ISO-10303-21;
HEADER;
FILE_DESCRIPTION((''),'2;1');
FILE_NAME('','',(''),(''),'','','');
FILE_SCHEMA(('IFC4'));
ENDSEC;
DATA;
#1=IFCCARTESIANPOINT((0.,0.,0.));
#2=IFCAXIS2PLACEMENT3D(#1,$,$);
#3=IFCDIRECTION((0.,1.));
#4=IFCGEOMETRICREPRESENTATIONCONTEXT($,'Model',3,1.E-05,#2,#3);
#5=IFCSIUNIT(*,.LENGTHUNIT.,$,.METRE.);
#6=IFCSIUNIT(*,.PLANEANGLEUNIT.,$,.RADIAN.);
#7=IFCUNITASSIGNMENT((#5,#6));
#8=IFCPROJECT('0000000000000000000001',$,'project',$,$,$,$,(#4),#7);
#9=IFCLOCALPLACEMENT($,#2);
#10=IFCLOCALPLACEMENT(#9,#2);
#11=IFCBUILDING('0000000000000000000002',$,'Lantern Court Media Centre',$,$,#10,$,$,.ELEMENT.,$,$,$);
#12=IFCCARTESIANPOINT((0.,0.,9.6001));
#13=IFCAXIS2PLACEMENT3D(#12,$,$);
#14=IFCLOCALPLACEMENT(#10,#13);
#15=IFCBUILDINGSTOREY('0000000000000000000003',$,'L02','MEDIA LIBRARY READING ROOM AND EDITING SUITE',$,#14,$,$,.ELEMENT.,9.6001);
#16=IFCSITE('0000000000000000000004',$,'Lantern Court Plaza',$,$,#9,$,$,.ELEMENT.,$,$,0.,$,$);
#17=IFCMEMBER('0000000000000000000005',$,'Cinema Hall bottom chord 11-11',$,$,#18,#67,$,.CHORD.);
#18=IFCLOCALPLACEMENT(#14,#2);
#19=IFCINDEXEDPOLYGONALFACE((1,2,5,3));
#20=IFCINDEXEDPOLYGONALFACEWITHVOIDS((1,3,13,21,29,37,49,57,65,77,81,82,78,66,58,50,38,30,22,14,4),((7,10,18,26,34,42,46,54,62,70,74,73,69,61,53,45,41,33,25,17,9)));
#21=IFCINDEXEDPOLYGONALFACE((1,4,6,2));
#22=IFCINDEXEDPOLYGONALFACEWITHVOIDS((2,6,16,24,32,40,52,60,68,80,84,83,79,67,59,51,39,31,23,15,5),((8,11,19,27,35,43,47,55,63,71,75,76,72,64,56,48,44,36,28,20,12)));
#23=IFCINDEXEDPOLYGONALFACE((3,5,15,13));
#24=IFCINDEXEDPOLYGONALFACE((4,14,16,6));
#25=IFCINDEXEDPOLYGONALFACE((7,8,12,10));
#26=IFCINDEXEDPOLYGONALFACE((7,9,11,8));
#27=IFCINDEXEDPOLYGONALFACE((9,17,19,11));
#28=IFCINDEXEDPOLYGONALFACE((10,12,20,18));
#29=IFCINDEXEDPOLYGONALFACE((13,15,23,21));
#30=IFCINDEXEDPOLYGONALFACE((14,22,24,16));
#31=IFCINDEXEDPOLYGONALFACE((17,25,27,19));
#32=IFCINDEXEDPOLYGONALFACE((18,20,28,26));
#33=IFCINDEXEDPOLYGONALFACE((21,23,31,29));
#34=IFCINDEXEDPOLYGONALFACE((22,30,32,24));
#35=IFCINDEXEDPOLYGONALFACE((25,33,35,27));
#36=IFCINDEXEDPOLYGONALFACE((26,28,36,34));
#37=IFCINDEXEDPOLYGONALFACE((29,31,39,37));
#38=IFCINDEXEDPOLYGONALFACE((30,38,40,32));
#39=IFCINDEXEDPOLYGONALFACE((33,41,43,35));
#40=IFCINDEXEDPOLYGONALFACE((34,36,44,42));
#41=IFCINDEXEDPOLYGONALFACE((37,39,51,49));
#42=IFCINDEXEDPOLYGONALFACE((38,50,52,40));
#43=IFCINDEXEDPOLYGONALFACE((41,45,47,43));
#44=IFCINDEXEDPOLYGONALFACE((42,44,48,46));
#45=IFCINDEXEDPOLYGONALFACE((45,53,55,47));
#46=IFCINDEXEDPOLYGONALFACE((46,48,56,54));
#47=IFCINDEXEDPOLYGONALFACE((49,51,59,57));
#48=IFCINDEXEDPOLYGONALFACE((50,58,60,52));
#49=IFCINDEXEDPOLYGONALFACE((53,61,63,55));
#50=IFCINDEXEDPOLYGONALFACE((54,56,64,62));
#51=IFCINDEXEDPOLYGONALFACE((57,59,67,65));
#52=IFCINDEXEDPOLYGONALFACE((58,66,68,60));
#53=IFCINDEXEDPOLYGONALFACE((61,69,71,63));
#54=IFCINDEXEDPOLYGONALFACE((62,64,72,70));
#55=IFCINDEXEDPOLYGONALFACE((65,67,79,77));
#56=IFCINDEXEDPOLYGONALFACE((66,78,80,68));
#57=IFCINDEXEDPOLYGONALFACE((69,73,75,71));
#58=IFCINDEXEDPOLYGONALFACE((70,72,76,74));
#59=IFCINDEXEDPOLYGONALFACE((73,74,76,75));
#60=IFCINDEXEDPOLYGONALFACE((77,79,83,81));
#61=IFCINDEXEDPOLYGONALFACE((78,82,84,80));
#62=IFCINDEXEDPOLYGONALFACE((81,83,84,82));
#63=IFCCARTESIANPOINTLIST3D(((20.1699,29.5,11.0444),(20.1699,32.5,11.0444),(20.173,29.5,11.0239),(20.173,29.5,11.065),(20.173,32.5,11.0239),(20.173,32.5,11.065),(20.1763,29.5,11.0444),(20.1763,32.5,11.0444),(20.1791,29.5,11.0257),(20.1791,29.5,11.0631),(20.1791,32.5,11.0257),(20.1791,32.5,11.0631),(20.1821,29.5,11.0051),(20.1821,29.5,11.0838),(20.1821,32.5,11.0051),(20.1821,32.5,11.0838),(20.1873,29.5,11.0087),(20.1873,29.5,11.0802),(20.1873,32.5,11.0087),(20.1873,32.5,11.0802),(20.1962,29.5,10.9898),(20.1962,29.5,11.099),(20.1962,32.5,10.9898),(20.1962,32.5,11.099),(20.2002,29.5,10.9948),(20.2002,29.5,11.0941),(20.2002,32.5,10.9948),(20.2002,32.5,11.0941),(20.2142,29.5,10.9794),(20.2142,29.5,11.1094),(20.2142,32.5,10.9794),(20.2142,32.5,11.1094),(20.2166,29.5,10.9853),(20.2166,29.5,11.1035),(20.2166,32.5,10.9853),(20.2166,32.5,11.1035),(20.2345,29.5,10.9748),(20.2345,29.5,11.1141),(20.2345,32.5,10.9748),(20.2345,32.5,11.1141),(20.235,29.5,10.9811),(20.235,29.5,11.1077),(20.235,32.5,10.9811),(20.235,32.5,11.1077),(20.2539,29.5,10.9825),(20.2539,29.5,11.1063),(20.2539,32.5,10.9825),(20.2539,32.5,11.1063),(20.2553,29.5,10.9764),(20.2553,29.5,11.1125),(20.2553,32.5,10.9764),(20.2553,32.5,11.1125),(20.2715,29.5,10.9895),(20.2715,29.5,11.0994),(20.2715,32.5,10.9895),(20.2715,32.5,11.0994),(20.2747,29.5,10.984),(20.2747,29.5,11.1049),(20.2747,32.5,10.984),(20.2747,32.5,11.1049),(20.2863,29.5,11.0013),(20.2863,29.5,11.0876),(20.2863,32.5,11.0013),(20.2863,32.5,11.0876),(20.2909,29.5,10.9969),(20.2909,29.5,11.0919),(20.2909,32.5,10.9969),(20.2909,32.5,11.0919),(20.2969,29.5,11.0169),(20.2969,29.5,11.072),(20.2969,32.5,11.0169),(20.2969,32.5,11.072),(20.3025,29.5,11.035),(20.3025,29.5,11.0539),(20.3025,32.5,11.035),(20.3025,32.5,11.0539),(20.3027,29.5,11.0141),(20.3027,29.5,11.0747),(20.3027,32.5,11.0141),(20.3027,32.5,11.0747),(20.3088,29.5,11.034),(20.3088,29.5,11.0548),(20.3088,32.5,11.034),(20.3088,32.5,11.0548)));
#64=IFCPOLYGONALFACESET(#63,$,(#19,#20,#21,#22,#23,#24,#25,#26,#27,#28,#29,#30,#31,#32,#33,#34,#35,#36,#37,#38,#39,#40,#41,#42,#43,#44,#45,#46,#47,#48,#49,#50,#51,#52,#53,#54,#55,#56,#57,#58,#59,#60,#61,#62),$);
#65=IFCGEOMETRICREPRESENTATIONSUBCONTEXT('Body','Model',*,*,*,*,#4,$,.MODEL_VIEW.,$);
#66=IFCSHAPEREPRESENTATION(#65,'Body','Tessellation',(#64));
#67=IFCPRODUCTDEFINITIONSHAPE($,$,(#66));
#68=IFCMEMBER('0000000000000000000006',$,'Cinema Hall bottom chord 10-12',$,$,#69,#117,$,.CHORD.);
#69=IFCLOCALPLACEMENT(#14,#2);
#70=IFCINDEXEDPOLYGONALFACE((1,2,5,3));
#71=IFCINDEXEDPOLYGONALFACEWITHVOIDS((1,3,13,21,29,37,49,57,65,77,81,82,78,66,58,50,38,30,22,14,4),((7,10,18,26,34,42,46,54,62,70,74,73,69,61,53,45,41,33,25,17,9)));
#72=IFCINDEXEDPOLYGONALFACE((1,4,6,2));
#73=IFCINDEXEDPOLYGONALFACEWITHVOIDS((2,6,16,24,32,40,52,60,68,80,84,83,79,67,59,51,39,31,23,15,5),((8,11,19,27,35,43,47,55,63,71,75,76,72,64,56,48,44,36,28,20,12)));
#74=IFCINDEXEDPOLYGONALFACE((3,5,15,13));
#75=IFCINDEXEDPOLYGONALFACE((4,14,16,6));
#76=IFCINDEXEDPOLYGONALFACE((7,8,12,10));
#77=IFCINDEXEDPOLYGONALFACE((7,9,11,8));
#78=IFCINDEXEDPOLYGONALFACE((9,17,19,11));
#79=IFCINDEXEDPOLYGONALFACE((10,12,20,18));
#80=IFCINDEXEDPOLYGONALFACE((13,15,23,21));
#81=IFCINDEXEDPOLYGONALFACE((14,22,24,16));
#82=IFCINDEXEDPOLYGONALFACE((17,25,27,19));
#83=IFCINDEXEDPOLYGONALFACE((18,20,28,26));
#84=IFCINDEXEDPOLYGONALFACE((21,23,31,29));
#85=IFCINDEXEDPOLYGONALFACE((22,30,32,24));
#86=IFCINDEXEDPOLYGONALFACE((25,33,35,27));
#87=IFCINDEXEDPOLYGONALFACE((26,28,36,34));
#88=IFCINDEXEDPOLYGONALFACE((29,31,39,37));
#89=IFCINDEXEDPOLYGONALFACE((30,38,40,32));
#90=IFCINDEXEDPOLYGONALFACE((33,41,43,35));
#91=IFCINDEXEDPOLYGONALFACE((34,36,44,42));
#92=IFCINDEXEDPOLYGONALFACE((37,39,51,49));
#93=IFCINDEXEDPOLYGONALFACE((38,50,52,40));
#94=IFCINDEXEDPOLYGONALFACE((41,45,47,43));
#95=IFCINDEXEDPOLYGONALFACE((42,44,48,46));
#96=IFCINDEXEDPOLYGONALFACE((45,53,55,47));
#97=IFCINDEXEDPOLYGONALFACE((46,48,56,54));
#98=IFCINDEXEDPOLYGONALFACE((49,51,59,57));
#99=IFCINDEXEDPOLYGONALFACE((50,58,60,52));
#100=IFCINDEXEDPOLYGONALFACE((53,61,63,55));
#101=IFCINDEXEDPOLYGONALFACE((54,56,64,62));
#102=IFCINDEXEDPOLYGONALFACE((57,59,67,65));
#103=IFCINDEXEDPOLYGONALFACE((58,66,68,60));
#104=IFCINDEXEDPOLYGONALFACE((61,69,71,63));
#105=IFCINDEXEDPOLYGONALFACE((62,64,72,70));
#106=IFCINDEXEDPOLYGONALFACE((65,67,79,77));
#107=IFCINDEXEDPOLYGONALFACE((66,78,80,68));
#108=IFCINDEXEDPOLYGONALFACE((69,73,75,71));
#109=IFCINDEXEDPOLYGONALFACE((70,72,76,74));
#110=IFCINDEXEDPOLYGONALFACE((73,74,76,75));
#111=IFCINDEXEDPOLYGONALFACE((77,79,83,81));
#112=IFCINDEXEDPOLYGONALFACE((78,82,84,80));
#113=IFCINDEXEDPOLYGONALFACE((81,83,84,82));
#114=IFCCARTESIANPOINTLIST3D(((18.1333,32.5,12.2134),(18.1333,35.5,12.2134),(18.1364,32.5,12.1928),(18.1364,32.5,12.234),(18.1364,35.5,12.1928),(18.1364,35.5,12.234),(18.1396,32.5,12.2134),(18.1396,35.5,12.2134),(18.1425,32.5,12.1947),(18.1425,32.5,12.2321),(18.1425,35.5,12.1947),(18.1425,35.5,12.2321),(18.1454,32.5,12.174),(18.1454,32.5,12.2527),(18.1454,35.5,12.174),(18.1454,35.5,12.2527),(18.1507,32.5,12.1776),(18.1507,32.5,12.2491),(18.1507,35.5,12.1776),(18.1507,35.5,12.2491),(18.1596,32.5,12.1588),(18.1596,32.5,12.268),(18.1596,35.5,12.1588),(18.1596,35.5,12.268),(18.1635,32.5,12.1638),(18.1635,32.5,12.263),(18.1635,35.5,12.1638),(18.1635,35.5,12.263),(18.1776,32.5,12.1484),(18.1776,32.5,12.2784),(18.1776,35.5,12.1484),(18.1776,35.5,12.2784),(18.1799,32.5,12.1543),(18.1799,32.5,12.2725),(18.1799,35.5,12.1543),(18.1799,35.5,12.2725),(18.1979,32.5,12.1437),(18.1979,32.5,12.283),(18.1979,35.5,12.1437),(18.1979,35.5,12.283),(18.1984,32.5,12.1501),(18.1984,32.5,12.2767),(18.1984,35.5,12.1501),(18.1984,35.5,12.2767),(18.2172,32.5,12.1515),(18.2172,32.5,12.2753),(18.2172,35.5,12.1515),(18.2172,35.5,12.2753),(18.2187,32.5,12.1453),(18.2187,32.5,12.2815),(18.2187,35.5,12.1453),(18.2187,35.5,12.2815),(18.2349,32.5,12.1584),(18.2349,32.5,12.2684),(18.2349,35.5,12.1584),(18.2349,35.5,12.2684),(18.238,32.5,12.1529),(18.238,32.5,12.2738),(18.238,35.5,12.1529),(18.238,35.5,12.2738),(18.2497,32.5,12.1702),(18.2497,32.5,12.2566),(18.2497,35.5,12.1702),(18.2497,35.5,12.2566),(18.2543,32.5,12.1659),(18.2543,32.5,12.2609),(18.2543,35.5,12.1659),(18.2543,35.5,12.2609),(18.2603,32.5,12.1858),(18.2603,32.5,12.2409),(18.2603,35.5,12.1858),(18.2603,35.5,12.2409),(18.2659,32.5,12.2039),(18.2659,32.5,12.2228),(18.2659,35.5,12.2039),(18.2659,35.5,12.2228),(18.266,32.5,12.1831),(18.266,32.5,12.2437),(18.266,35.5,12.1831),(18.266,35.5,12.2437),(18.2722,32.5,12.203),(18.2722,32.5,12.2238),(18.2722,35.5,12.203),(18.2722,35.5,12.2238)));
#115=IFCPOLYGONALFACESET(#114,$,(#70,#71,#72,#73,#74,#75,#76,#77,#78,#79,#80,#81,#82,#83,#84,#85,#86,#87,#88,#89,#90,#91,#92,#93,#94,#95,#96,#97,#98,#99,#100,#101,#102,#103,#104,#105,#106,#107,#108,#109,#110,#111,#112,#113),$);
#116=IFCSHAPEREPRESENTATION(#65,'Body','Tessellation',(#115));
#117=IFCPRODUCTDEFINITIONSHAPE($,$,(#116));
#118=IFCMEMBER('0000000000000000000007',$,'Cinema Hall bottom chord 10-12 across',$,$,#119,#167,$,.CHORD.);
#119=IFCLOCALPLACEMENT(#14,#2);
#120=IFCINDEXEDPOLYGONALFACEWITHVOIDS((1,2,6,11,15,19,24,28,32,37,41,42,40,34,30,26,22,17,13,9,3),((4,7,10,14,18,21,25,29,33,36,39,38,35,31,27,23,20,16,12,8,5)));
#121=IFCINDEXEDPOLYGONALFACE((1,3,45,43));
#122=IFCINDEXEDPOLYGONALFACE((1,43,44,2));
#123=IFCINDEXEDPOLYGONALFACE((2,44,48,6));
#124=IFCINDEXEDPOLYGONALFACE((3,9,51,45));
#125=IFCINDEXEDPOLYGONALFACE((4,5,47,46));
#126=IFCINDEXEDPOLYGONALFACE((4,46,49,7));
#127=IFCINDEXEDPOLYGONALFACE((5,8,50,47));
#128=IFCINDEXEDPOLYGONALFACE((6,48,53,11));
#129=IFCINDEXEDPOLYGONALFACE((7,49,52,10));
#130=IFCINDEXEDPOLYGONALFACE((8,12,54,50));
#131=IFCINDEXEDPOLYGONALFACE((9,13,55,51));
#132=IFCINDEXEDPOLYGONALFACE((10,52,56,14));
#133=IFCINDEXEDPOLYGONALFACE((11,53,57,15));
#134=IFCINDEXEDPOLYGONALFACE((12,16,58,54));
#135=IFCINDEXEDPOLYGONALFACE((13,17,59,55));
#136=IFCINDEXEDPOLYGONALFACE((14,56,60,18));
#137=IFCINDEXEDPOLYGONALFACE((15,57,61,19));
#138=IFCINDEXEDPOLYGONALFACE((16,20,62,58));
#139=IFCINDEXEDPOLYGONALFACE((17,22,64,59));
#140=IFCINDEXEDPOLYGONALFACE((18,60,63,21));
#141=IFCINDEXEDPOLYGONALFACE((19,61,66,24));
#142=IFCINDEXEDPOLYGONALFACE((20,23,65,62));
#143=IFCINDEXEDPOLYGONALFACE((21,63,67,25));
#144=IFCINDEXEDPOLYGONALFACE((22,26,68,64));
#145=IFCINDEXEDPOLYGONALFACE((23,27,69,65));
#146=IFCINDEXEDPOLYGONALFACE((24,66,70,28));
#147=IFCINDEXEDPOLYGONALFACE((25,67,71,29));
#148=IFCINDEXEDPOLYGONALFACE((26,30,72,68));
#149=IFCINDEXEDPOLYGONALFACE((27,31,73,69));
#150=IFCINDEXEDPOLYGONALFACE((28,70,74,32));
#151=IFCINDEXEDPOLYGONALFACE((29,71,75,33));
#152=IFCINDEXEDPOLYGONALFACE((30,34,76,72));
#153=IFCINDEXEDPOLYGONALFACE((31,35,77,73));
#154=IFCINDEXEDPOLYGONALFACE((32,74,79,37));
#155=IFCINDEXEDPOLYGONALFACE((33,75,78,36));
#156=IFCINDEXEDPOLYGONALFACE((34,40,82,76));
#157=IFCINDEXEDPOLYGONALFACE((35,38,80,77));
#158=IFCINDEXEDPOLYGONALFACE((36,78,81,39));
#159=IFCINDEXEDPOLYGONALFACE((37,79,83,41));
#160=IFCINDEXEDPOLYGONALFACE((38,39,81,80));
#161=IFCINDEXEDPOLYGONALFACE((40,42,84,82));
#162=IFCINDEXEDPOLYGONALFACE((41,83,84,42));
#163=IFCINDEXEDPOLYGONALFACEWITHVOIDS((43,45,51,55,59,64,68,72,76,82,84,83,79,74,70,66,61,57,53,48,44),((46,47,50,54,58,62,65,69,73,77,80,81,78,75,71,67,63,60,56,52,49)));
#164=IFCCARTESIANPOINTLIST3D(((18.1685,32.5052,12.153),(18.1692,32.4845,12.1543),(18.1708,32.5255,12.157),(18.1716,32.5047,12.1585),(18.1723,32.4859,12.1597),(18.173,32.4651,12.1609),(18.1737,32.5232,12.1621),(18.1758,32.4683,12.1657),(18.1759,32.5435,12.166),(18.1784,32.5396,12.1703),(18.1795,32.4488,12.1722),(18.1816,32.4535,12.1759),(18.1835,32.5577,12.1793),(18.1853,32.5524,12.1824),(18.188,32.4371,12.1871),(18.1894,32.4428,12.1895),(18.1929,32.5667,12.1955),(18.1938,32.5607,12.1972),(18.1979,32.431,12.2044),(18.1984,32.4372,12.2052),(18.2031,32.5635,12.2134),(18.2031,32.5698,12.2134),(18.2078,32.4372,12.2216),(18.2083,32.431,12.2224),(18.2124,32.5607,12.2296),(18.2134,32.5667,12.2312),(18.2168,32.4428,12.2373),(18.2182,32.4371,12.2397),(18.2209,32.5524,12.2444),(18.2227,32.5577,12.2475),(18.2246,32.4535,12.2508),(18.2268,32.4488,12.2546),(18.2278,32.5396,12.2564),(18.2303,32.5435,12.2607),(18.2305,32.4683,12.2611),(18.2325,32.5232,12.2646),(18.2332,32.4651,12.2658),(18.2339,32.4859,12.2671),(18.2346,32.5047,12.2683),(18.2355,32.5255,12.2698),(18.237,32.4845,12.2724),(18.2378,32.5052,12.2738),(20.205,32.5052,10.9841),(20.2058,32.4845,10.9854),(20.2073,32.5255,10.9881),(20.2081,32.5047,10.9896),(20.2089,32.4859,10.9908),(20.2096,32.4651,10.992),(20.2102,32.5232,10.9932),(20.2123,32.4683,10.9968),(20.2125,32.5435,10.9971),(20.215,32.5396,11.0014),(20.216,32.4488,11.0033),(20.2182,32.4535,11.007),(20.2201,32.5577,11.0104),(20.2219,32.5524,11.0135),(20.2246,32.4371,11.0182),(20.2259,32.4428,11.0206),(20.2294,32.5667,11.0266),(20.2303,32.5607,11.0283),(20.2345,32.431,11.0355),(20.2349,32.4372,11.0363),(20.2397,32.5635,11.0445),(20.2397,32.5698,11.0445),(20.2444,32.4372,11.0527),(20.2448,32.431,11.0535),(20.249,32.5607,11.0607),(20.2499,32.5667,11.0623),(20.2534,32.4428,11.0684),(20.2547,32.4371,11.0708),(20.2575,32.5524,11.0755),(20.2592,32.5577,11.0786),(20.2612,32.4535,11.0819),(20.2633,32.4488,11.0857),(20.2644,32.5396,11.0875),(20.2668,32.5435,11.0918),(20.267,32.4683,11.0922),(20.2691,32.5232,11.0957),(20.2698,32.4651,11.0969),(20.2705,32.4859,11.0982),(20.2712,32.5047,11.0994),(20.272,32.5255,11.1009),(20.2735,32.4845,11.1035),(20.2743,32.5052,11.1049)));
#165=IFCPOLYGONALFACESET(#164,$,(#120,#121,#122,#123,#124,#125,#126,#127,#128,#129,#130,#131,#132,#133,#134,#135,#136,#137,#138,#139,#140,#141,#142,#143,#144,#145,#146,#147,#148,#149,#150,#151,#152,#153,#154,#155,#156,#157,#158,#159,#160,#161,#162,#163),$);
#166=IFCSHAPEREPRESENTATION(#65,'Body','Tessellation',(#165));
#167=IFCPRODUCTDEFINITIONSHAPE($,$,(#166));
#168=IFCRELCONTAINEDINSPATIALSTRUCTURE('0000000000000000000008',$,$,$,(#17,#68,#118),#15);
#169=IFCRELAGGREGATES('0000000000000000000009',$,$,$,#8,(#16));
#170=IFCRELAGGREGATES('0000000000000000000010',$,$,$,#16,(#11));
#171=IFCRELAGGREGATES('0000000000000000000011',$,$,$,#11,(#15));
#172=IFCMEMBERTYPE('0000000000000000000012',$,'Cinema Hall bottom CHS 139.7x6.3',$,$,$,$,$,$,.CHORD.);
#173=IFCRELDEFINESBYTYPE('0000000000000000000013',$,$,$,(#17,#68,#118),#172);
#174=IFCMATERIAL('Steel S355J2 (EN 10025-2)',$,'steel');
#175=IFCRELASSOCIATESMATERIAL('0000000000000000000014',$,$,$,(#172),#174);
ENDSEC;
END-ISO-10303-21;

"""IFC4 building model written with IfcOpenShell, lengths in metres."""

from ifc_helpers import new_model, si_unit, direction, frame, origin, origin_2d, place, context, subcontext, project, spatial, hollow_circle, extrude, material, material_profile, profile_set, type_object, element, save


model = new_model("IFC4")

# Units and contexts
model_context = context("Model", 3, precision=1e-05, world=origin(), true_north=direction((0.0, 1.0)))
body_context = subcontext(model_context, "Body", "Model", "MODEL_VIEW")
ifc_project = project(units=[si_unit("LENGTHUNIT", "METRE"), si_unit("PLANEANGLEUNIT", "RADIAN")], contexts=[model_context])

# Site, building, storey
site_placement = place(None, origin())
site = spatial("IfcSite", under=ifc_project, at=site_placement, Name="Lantern Court Plaza", CompositionType="ELEMENT", RefElevation=0.0)
building_placement = place(site_placement, origin())
building = spatial("IfcBuilding", under=site, at=building_placement, Name="Lantern Court Media Centre", CompositionType="ELEMENT")
storey_placement = place(building_placement, frame((0.0, 0.0, 9.6001)))
storey = spatial("IfcBuildingStorey", under=building, at=storey_placement, Name="L02", Description="MEDIA LIBRARY READING ROOM AND EDITING SUITE", CompositionType="ELEMENT", Elevation=9.6001)

# Members
ifc_material = material(Name="Steel S355J2 (EN 10025-2)", Category="steel")
ifc_material_profile_1 = material_profile(ifc_material, hollow_circle(Radius=0.0698, WallThickness=0.0063, at=origin_2d()), Name="Cinema Hall bottom CHS 139.7x6.3")
ifc_profile_set_1 = profile_set([ifc_material_profile_1], Name="Steel S355J2 (EN 10025-2)")
member_type_1 = type_object("IfcMemberType", Name="Cinema Hall bottom CHS 139.7x6.3", PredefinedType="CHORD", material=ifc_profile_set_1)
for number, where, z_axis, x_axis, name in (
    (1, (20.2397, 29.5, 11.0444), (0.0, 1.0, 0.0), (-1.0, 0.0, 0.0), "Cinema Hall bottom chord 11-11"),
    (2, (18.2031, 32.5, 12.2134), (0.0, 1.0, 0.0), (-1.0, 0.0, 0.0), "Cinema Hall bottom chord 10-12"),
):
    element("IfcMember", number, at=place(storey_placement, frame(where, z_axis=z_axis, x_axis=x_axis)), inside=storey, type_object=member_type_1, Name=name, PredefinedType="CHORD", context=body_context, shape_type="SweptSolid", body=[
        extrude(hollow_circle(Radius=0.0698, WallThickness=0.0063, at=origin_2d()), origin(), (0.0, 0.0, 1.0), 3.0),
    ])
member_1_placement = place(storey_placement, frame((18.2031, 32.5, 12.2134), z_axis=(0.867295, 0.0, -0.497795), x_axis=(0.0, 1.0, 0.0)))
element("IfcMember", 3, at=member_1_placement, inside=storey, type_object=member_type_1, Name="Cinema Hall bottom chord 10-12 across", PredefinedType="CHORD", context=body_context, shape_type="SweptSolid", body=[
    extrude(hollow_circle(Radius=0.0698, WallThickness=0.0063, at=origin_2d()), origin(), (0.0, 0.0, 1.0), 2.3481),
])

save(model, "model.ifc")
